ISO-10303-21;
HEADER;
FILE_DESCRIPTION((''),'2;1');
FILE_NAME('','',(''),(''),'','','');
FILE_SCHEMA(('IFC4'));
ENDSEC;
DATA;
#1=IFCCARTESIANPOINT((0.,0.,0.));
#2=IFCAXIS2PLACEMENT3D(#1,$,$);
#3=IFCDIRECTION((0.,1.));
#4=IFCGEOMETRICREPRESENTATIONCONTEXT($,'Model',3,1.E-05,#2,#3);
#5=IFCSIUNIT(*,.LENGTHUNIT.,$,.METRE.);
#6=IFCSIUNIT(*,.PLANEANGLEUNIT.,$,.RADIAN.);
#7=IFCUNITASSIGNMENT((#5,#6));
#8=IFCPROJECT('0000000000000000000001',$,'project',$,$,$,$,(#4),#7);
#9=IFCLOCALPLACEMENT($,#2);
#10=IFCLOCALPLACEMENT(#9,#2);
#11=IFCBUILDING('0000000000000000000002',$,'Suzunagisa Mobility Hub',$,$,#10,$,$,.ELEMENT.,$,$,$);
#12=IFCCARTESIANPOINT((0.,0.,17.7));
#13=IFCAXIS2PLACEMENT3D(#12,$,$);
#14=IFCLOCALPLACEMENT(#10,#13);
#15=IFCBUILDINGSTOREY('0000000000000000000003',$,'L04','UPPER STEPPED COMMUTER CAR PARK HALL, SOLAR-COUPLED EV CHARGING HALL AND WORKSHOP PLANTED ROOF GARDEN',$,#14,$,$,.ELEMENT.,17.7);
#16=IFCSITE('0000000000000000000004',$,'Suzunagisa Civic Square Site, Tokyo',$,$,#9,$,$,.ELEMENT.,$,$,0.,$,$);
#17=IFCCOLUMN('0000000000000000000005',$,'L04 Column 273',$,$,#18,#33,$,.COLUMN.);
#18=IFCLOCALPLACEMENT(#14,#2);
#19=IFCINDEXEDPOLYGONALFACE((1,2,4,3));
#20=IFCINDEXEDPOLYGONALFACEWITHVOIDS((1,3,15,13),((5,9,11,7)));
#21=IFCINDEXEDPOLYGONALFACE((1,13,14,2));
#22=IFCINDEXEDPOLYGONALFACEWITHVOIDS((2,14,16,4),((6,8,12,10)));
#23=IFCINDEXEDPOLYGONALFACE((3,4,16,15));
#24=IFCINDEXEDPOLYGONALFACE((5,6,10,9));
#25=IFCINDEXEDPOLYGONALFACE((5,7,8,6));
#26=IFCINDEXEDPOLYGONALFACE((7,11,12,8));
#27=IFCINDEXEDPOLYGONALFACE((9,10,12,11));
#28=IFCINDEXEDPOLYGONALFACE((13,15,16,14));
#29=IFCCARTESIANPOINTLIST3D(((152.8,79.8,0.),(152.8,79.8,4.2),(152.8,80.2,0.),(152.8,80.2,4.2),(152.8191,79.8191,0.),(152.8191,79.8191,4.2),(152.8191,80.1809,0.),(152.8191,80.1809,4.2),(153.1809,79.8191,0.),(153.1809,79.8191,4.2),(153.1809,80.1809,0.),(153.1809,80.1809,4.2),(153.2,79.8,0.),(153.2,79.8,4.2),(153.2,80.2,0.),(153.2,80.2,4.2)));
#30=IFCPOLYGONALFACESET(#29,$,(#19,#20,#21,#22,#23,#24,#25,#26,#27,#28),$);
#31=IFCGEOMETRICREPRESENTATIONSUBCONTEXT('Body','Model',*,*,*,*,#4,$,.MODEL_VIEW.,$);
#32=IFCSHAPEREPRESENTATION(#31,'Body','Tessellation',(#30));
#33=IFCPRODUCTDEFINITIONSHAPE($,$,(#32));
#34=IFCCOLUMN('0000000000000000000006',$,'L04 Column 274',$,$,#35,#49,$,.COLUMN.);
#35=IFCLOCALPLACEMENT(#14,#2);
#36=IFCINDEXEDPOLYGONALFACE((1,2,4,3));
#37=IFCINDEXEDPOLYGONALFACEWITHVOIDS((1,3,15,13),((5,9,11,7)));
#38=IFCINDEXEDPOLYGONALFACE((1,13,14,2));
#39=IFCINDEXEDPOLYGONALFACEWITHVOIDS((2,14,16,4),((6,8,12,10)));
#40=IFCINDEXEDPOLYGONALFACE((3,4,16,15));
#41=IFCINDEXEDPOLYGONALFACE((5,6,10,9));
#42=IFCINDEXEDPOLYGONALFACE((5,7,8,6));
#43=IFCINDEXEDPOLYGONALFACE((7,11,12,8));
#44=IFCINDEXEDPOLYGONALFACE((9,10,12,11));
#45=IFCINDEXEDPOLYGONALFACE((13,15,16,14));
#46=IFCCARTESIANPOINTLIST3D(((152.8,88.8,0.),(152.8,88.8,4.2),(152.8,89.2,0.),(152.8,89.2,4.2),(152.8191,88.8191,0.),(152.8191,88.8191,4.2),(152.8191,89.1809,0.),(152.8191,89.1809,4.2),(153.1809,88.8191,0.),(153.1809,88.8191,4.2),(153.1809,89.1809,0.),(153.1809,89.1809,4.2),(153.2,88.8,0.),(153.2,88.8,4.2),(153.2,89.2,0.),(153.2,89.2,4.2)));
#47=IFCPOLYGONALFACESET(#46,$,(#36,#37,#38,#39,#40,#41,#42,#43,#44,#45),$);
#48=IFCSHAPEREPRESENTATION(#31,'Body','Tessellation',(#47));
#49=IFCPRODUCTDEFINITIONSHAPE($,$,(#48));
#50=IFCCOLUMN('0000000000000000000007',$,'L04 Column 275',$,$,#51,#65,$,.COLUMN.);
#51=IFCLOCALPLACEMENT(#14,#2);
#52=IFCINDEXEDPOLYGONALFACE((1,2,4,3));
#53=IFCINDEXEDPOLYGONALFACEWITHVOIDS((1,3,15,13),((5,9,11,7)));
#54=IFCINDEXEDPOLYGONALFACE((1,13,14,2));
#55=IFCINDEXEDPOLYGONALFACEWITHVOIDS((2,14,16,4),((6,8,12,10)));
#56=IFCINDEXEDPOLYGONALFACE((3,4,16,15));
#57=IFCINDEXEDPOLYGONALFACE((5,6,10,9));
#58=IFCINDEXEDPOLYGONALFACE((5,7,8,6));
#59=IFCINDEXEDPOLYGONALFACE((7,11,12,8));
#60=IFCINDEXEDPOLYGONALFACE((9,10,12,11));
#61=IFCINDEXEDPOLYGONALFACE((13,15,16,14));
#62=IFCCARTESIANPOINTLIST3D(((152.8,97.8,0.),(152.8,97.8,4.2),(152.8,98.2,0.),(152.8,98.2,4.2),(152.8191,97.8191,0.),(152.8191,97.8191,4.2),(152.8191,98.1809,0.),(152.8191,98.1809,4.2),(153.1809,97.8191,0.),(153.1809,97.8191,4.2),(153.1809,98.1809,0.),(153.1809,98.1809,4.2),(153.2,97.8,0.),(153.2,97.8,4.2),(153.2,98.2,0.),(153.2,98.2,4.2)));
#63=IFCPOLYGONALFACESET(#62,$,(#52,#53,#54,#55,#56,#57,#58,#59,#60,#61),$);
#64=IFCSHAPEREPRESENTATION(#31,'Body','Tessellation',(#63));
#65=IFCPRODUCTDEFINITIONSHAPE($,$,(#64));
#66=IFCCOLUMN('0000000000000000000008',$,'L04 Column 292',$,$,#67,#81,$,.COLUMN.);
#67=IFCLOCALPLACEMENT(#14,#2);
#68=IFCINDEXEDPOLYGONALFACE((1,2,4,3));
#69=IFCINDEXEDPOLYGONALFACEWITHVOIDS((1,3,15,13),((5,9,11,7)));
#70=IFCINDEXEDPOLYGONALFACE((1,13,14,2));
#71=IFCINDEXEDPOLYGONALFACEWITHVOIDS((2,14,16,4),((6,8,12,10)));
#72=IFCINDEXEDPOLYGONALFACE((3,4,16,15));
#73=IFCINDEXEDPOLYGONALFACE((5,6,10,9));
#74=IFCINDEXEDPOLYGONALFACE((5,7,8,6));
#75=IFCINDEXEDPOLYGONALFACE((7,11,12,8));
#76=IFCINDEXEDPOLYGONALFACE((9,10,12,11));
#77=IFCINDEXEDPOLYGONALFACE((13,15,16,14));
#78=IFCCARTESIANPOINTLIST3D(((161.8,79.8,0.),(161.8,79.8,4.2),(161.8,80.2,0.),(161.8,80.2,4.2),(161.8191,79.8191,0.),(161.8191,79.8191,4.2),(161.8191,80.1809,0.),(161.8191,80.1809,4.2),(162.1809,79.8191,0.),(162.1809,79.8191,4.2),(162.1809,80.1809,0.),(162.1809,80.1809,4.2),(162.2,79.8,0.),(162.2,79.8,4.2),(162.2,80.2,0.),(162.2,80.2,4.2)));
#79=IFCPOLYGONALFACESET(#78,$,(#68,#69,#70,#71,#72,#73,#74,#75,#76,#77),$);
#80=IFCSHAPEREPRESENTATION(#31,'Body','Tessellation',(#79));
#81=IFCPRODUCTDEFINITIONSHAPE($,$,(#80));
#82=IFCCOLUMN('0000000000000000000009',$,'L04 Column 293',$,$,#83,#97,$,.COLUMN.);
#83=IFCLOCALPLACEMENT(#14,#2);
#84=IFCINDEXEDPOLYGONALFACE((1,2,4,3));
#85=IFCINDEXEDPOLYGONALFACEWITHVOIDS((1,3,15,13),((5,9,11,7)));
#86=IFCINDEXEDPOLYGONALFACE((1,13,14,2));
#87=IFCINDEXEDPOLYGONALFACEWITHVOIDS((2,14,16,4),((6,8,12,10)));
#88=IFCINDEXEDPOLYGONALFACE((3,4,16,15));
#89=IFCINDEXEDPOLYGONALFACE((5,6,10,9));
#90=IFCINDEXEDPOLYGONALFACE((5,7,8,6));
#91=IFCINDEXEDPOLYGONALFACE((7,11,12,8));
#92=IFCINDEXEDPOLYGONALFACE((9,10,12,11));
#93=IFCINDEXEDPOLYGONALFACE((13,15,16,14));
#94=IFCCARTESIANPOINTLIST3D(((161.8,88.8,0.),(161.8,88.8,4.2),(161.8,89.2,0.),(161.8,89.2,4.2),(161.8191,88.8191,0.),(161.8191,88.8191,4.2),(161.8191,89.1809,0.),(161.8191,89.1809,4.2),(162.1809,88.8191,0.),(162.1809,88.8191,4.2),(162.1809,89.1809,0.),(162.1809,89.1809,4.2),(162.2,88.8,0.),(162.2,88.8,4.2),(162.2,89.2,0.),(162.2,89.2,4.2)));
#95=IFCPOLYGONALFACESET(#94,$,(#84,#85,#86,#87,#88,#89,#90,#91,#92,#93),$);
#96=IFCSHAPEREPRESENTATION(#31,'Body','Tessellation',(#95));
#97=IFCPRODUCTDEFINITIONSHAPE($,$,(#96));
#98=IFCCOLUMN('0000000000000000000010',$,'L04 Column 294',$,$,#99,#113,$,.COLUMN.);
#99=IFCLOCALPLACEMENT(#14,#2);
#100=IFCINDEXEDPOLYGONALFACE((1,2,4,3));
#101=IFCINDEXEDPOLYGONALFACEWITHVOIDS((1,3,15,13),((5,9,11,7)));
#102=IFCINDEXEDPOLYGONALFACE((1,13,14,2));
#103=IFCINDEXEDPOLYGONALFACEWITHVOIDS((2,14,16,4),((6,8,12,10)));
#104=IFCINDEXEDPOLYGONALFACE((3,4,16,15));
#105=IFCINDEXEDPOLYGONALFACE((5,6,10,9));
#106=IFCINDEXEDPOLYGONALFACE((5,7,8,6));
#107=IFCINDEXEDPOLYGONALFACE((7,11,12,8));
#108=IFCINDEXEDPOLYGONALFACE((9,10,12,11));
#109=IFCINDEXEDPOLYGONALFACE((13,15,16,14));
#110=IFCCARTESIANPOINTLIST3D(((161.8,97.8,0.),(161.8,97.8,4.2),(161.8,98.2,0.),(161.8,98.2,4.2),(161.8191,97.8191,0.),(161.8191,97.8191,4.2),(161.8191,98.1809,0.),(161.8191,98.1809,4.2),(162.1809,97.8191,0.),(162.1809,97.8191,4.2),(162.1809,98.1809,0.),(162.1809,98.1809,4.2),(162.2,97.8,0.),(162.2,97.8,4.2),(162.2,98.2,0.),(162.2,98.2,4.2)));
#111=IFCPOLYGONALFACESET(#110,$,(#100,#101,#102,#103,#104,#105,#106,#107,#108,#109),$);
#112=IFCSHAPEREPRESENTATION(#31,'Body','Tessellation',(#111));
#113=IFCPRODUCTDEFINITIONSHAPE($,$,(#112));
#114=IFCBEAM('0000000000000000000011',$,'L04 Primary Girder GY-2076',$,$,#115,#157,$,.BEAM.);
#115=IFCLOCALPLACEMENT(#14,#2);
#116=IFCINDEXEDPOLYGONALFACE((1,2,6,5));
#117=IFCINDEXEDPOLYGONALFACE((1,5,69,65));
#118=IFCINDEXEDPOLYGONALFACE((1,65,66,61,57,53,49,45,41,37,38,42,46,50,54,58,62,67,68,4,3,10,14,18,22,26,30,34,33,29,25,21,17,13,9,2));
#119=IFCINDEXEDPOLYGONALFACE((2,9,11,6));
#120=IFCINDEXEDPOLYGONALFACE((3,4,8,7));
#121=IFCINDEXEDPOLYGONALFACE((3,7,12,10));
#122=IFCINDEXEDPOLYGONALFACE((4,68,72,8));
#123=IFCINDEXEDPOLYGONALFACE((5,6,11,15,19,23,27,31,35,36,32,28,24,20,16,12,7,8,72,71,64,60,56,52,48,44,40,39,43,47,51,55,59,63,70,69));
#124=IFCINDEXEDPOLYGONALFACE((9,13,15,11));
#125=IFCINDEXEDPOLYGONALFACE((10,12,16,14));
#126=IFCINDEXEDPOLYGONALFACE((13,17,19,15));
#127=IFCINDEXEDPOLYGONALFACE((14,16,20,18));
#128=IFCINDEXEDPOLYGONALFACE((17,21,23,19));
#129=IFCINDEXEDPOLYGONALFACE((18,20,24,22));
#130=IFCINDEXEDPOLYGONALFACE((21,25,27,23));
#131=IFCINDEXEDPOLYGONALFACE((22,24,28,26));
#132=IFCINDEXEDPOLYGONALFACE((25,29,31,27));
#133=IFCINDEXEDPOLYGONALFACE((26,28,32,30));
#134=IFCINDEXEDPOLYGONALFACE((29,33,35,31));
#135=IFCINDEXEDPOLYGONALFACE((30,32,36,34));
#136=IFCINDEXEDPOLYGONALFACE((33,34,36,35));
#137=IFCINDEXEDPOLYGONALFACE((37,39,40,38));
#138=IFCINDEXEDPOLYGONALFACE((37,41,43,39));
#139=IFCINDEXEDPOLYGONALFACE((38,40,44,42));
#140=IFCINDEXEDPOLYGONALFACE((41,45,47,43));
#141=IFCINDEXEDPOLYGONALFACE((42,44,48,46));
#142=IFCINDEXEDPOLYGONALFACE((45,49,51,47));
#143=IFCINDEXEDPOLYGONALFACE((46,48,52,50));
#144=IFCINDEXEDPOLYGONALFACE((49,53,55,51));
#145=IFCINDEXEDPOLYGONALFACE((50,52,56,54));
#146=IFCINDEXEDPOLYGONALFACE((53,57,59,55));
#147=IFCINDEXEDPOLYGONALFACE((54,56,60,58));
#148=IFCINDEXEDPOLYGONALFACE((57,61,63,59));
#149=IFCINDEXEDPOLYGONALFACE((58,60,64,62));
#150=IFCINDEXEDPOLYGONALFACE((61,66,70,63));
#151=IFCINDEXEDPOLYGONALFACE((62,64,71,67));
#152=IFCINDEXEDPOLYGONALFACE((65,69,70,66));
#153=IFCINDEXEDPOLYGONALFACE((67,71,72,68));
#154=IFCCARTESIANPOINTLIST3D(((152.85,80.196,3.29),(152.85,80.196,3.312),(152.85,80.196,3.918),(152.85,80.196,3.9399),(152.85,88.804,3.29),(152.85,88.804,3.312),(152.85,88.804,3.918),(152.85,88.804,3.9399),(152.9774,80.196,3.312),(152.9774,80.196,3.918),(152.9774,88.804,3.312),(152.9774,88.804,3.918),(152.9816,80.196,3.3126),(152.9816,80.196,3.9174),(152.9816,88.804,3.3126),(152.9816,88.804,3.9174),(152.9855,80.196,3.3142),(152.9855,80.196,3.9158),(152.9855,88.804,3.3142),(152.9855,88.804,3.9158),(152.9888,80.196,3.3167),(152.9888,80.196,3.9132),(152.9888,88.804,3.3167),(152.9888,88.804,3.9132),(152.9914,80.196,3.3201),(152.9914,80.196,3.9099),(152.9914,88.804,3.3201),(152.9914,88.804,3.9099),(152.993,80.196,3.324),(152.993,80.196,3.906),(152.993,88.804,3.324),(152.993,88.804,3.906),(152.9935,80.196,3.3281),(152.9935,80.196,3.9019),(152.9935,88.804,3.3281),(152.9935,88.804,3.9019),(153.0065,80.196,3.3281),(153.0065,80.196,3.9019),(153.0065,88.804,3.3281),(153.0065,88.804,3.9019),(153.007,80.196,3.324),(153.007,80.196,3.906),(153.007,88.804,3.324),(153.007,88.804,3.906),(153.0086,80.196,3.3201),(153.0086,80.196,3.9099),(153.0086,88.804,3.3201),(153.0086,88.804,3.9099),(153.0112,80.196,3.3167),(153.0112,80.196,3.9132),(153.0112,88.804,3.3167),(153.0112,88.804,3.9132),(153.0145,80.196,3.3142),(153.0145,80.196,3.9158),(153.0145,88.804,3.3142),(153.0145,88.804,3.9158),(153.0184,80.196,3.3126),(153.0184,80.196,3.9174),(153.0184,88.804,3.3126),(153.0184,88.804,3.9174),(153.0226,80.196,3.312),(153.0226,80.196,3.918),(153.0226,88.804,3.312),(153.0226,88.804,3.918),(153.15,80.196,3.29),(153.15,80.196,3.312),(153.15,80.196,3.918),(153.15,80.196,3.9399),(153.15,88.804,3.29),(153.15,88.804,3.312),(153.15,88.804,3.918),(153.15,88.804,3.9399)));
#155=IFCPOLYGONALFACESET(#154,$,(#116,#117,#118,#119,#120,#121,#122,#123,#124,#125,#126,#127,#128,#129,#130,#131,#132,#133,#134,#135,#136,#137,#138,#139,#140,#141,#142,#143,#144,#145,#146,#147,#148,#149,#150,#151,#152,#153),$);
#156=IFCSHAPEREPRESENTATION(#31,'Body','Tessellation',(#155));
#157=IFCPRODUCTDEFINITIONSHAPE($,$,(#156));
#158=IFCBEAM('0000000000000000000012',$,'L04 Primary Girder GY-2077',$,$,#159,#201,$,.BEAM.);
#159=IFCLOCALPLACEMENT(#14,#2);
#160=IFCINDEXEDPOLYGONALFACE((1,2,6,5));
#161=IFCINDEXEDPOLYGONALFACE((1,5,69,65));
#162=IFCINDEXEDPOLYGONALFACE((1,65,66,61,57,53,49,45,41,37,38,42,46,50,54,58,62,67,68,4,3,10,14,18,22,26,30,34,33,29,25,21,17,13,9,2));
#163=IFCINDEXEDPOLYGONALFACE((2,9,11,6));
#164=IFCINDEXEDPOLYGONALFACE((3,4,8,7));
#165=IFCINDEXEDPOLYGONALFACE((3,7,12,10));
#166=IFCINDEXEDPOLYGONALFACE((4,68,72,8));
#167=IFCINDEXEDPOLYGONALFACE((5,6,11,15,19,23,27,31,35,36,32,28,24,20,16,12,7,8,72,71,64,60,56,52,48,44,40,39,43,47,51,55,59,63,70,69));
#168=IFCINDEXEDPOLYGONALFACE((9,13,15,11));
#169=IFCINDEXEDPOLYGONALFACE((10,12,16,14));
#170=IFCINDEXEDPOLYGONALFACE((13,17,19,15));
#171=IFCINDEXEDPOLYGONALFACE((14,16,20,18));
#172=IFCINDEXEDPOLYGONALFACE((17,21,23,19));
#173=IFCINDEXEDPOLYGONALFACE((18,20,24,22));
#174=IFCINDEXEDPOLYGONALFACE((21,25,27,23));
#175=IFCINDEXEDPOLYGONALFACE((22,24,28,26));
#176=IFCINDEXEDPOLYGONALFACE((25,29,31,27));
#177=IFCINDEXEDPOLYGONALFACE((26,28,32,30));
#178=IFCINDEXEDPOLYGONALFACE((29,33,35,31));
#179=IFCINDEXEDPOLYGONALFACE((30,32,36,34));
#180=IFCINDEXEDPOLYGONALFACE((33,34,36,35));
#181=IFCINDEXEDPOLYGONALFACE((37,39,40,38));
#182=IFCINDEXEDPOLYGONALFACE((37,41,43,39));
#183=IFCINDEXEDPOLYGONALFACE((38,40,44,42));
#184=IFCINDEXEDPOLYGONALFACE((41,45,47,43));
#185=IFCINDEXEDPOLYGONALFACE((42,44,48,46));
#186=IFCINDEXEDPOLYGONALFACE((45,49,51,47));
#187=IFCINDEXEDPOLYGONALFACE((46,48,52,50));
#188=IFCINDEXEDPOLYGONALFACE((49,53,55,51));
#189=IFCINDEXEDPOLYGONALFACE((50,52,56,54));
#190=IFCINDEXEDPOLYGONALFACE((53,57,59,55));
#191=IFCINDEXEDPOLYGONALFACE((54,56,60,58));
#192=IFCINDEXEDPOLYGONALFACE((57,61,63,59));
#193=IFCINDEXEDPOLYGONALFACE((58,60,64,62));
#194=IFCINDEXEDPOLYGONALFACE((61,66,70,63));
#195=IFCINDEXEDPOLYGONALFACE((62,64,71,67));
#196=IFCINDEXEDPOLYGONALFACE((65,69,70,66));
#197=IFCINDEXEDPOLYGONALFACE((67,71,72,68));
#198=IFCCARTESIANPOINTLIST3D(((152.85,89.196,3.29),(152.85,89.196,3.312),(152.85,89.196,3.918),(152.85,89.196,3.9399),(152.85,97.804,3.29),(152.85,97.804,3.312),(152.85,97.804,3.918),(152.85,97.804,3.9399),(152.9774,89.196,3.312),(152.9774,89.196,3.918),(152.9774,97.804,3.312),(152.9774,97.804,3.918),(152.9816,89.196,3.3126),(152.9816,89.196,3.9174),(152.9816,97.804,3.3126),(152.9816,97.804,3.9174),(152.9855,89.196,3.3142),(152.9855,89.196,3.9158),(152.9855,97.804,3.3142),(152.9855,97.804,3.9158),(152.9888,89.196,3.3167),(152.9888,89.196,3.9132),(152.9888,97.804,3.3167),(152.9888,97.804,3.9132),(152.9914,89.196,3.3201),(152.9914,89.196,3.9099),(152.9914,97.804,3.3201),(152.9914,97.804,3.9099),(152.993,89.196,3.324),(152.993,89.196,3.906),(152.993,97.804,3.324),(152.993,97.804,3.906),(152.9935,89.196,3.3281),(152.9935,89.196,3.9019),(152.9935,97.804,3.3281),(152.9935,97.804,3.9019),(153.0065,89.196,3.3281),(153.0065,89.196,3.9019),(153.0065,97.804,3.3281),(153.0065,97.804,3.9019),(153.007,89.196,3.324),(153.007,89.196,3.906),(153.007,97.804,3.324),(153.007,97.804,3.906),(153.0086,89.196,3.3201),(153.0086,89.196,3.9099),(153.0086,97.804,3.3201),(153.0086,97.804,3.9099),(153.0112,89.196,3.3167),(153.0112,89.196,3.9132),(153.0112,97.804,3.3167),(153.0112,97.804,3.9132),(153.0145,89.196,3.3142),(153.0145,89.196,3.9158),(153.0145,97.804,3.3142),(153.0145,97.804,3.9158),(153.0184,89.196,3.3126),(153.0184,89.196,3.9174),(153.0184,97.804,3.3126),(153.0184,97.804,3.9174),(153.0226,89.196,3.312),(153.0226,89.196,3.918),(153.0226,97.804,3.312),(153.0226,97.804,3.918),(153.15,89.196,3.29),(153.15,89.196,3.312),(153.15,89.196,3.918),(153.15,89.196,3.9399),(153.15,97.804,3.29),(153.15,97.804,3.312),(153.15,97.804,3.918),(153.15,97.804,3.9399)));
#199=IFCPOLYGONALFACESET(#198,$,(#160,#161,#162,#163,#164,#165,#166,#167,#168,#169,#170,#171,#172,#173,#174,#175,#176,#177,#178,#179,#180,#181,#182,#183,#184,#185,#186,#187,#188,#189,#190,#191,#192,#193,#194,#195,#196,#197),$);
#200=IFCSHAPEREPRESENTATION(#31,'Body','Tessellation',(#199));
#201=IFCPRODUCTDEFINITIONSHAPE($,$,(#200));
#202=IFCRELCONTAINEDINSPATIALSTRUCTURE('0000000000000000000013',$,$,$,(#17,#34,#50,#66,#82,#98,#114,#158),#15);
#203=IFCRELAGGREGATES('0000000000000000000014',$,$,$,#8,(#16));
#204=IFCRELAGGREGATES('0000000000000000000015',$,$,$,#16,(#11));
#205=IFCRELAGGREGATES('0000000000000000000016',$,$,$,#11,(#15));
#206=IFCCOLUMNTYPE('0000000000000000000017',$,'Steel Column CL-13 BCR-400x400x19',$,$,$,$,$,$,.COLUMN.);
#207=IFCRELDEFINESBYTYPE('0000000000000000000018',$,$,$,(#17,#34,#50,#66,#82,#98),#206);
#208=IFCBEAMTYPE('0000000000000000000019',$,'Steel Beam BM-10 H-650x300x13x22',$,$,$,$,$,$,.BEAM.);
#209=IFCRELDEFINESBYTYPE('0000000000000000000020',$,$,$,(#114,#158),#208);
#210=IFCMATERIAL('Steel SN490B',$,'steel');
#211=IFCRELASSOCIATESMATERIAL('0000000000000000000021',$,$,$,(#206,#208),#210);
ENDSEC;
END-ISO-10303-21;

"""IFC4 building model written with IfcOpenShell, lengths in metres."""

from ifc_helpers import new_model, si_unit, direction, frame, origin, origin_2d, place, context, subcontext, project, spatial, hollow_rectangle, i_section, extrude, material, material_profile, profile_set, type_object, element, save


model = new_model("IFC4")

# Units and contexts
model_context = context("Model", 3, precision=1e-05, world=origin(), true_north=direction((0.0, 1.0)))
body_context = subcontext(model_context, "Body", "Model", "MODEL_VIEW")
ifc_project = project(units=[si_unit("LENGTHUNIT", "METRE"), si_unit("PLANEANGLEUNIT", "RADIAN")], contexts=[model_context])

# Site, building, storey
site_placement = place(None, origin())
site = spatial("IfcSite", under=ifc_project, at=site_placement, Name="Suzunagisa Civic Square Site, Tokyo", CompositionType="ELEMENT", RefElevation=0.0)
building_placement = place(site_placement, origin())
building = spatial("IfcBuilding", under=site, at=building_placement, Name="Suzunagisa Mobility Hub", CompositionType="ELEMENT")
storey_placement = place(building_placement, frame((0.0, 0.0, 17.7)))
storey = spatial("IfcBuildingStorey", under=building, at=storey_placement, Name="L04", Description="UPPER STEPPED COMMUTER CAR PARK HALL, SOLAR-COUPLED EV CHARGING HALL AND WORKSHOP PLANTED ROOF GARDEN", CompositionType="ELEMENT", Elevation=17.7)

# Columns
ifc_material_1 = material(Name="Steel SN490B", Category="steel")
ifc_material_profile_1 = material_profile(ifc_material_1, hollow_rectangle(XDim=0.3999, YDim=0.3999, WallThickness=0.019, at=origin_2d()), Name="BCR-400x400x19")
ifc_profile_set_1 = profile_set([ifc_material_profile_1], Name="Steel SN490B")
column_type = type_object("IfcColumnType", Name="Steel Column CL-13 BCR-400x400x19", PredefinedType="COLUMN", material=ifc_profile_set_1)
for number, where, z_axis, x_axis, name in (
    (1, (153.0, 80.0, 0.0), (0.0, 0.0, 1.0), (1.0, 0.0, 0.0), "L04 Column 273"),
    (2, (153.0, 89.0, 0.0), (0.0, 0.0, 1.0), (1.0, 0.0, 0.0), "L04 Column 274"),
    (3, (153.0, 98.0, 0.0), (0.0, 0.0, 1.0), (1.0, 0.0, 0.0), "L04 Column 275"),
    (4, (162.0, 80.0, 0.0), (0.0, 0.0, 1.0), (1.0, 0.0, 0.0), "L04 Column 292"),
    (5, (162.0, 89.0, 0.0), (0.0, 0.0, 1.0), (1.0, 0.0, 0.0), "L04 Column 293"),
    (6, (162.0, 98.0, 0.0), (0.0, 0.0, 1.0), (1.0, 0.0, 0.0), "L04 Column 294"),
):
    element("IfcColumn", number, at=place(storey_placement, frame(where, z_axis=z_axis, x_axis=x_axis)), inside=storey, type_object=column_type, Name=name, PredefinedType="COLUMN", context=body_context, shape_type="SweptSolid", body=[
        extrude(hollow_rectangle(XDim=0.3999, YDim=0.3999, WallThickness=0.019, at=origin_2d()), origin(), (0.0, 0.0, 1.0), 4.2),
    ])

# Beams
ifc_material_profile_2 = material_profile(ifc_material_1, i_section(OverallWidth=0.3, OverallDepth=0.6499, WebThickness=0.0129, FlangeThickness=0.022, FilletRadius=0.0161, at=origin_2d()), Name="H-650x300x13x22")
ifc_profile_set_2 = profile_set([ifc_material_profile_2], Name="Steel SN490B")
beam_type_1 = type_object("IfcBeamType", Name="Steel Beam BM-10 H-650x300x13x22", PredefinedType="BEAM", material=ifc_profile_set_2)
for number, where, z_axis, x_axis, name in (
    (7, (153.0, 80.196, 3.615), (0.0, 1.0, 0.0), (-1.0, 0.0, 0.0), "L04 Primary Girder GY-2076"),
    (8, (153.0, 89.196, 3.615), (0.0, 1.0, 0.0), (-1.0, 0.0, 0.0), "L04 Primary Girder GY-2077"),
):
    element("IfcBeam", number, at=place(storey_placement, frame(where, z_axis=z_axis, x_axis=x_axis)), inside=storey, type_object=beam_type_1, Name=name, PredefinedType="BEAM", context=body_context, shape_type="SweptSolid", body=[
        extrude(i_section(OverallWidth=0.3, OverallDepth=0.6499, WebThickness=0.0129, FlangeThickness=0.022, FilletRadius=0.0161, at=origin_2d()), origin(), (0.0, 0.0, 1.0), 8.6079),
    ])

save(model, "model.ifc")
